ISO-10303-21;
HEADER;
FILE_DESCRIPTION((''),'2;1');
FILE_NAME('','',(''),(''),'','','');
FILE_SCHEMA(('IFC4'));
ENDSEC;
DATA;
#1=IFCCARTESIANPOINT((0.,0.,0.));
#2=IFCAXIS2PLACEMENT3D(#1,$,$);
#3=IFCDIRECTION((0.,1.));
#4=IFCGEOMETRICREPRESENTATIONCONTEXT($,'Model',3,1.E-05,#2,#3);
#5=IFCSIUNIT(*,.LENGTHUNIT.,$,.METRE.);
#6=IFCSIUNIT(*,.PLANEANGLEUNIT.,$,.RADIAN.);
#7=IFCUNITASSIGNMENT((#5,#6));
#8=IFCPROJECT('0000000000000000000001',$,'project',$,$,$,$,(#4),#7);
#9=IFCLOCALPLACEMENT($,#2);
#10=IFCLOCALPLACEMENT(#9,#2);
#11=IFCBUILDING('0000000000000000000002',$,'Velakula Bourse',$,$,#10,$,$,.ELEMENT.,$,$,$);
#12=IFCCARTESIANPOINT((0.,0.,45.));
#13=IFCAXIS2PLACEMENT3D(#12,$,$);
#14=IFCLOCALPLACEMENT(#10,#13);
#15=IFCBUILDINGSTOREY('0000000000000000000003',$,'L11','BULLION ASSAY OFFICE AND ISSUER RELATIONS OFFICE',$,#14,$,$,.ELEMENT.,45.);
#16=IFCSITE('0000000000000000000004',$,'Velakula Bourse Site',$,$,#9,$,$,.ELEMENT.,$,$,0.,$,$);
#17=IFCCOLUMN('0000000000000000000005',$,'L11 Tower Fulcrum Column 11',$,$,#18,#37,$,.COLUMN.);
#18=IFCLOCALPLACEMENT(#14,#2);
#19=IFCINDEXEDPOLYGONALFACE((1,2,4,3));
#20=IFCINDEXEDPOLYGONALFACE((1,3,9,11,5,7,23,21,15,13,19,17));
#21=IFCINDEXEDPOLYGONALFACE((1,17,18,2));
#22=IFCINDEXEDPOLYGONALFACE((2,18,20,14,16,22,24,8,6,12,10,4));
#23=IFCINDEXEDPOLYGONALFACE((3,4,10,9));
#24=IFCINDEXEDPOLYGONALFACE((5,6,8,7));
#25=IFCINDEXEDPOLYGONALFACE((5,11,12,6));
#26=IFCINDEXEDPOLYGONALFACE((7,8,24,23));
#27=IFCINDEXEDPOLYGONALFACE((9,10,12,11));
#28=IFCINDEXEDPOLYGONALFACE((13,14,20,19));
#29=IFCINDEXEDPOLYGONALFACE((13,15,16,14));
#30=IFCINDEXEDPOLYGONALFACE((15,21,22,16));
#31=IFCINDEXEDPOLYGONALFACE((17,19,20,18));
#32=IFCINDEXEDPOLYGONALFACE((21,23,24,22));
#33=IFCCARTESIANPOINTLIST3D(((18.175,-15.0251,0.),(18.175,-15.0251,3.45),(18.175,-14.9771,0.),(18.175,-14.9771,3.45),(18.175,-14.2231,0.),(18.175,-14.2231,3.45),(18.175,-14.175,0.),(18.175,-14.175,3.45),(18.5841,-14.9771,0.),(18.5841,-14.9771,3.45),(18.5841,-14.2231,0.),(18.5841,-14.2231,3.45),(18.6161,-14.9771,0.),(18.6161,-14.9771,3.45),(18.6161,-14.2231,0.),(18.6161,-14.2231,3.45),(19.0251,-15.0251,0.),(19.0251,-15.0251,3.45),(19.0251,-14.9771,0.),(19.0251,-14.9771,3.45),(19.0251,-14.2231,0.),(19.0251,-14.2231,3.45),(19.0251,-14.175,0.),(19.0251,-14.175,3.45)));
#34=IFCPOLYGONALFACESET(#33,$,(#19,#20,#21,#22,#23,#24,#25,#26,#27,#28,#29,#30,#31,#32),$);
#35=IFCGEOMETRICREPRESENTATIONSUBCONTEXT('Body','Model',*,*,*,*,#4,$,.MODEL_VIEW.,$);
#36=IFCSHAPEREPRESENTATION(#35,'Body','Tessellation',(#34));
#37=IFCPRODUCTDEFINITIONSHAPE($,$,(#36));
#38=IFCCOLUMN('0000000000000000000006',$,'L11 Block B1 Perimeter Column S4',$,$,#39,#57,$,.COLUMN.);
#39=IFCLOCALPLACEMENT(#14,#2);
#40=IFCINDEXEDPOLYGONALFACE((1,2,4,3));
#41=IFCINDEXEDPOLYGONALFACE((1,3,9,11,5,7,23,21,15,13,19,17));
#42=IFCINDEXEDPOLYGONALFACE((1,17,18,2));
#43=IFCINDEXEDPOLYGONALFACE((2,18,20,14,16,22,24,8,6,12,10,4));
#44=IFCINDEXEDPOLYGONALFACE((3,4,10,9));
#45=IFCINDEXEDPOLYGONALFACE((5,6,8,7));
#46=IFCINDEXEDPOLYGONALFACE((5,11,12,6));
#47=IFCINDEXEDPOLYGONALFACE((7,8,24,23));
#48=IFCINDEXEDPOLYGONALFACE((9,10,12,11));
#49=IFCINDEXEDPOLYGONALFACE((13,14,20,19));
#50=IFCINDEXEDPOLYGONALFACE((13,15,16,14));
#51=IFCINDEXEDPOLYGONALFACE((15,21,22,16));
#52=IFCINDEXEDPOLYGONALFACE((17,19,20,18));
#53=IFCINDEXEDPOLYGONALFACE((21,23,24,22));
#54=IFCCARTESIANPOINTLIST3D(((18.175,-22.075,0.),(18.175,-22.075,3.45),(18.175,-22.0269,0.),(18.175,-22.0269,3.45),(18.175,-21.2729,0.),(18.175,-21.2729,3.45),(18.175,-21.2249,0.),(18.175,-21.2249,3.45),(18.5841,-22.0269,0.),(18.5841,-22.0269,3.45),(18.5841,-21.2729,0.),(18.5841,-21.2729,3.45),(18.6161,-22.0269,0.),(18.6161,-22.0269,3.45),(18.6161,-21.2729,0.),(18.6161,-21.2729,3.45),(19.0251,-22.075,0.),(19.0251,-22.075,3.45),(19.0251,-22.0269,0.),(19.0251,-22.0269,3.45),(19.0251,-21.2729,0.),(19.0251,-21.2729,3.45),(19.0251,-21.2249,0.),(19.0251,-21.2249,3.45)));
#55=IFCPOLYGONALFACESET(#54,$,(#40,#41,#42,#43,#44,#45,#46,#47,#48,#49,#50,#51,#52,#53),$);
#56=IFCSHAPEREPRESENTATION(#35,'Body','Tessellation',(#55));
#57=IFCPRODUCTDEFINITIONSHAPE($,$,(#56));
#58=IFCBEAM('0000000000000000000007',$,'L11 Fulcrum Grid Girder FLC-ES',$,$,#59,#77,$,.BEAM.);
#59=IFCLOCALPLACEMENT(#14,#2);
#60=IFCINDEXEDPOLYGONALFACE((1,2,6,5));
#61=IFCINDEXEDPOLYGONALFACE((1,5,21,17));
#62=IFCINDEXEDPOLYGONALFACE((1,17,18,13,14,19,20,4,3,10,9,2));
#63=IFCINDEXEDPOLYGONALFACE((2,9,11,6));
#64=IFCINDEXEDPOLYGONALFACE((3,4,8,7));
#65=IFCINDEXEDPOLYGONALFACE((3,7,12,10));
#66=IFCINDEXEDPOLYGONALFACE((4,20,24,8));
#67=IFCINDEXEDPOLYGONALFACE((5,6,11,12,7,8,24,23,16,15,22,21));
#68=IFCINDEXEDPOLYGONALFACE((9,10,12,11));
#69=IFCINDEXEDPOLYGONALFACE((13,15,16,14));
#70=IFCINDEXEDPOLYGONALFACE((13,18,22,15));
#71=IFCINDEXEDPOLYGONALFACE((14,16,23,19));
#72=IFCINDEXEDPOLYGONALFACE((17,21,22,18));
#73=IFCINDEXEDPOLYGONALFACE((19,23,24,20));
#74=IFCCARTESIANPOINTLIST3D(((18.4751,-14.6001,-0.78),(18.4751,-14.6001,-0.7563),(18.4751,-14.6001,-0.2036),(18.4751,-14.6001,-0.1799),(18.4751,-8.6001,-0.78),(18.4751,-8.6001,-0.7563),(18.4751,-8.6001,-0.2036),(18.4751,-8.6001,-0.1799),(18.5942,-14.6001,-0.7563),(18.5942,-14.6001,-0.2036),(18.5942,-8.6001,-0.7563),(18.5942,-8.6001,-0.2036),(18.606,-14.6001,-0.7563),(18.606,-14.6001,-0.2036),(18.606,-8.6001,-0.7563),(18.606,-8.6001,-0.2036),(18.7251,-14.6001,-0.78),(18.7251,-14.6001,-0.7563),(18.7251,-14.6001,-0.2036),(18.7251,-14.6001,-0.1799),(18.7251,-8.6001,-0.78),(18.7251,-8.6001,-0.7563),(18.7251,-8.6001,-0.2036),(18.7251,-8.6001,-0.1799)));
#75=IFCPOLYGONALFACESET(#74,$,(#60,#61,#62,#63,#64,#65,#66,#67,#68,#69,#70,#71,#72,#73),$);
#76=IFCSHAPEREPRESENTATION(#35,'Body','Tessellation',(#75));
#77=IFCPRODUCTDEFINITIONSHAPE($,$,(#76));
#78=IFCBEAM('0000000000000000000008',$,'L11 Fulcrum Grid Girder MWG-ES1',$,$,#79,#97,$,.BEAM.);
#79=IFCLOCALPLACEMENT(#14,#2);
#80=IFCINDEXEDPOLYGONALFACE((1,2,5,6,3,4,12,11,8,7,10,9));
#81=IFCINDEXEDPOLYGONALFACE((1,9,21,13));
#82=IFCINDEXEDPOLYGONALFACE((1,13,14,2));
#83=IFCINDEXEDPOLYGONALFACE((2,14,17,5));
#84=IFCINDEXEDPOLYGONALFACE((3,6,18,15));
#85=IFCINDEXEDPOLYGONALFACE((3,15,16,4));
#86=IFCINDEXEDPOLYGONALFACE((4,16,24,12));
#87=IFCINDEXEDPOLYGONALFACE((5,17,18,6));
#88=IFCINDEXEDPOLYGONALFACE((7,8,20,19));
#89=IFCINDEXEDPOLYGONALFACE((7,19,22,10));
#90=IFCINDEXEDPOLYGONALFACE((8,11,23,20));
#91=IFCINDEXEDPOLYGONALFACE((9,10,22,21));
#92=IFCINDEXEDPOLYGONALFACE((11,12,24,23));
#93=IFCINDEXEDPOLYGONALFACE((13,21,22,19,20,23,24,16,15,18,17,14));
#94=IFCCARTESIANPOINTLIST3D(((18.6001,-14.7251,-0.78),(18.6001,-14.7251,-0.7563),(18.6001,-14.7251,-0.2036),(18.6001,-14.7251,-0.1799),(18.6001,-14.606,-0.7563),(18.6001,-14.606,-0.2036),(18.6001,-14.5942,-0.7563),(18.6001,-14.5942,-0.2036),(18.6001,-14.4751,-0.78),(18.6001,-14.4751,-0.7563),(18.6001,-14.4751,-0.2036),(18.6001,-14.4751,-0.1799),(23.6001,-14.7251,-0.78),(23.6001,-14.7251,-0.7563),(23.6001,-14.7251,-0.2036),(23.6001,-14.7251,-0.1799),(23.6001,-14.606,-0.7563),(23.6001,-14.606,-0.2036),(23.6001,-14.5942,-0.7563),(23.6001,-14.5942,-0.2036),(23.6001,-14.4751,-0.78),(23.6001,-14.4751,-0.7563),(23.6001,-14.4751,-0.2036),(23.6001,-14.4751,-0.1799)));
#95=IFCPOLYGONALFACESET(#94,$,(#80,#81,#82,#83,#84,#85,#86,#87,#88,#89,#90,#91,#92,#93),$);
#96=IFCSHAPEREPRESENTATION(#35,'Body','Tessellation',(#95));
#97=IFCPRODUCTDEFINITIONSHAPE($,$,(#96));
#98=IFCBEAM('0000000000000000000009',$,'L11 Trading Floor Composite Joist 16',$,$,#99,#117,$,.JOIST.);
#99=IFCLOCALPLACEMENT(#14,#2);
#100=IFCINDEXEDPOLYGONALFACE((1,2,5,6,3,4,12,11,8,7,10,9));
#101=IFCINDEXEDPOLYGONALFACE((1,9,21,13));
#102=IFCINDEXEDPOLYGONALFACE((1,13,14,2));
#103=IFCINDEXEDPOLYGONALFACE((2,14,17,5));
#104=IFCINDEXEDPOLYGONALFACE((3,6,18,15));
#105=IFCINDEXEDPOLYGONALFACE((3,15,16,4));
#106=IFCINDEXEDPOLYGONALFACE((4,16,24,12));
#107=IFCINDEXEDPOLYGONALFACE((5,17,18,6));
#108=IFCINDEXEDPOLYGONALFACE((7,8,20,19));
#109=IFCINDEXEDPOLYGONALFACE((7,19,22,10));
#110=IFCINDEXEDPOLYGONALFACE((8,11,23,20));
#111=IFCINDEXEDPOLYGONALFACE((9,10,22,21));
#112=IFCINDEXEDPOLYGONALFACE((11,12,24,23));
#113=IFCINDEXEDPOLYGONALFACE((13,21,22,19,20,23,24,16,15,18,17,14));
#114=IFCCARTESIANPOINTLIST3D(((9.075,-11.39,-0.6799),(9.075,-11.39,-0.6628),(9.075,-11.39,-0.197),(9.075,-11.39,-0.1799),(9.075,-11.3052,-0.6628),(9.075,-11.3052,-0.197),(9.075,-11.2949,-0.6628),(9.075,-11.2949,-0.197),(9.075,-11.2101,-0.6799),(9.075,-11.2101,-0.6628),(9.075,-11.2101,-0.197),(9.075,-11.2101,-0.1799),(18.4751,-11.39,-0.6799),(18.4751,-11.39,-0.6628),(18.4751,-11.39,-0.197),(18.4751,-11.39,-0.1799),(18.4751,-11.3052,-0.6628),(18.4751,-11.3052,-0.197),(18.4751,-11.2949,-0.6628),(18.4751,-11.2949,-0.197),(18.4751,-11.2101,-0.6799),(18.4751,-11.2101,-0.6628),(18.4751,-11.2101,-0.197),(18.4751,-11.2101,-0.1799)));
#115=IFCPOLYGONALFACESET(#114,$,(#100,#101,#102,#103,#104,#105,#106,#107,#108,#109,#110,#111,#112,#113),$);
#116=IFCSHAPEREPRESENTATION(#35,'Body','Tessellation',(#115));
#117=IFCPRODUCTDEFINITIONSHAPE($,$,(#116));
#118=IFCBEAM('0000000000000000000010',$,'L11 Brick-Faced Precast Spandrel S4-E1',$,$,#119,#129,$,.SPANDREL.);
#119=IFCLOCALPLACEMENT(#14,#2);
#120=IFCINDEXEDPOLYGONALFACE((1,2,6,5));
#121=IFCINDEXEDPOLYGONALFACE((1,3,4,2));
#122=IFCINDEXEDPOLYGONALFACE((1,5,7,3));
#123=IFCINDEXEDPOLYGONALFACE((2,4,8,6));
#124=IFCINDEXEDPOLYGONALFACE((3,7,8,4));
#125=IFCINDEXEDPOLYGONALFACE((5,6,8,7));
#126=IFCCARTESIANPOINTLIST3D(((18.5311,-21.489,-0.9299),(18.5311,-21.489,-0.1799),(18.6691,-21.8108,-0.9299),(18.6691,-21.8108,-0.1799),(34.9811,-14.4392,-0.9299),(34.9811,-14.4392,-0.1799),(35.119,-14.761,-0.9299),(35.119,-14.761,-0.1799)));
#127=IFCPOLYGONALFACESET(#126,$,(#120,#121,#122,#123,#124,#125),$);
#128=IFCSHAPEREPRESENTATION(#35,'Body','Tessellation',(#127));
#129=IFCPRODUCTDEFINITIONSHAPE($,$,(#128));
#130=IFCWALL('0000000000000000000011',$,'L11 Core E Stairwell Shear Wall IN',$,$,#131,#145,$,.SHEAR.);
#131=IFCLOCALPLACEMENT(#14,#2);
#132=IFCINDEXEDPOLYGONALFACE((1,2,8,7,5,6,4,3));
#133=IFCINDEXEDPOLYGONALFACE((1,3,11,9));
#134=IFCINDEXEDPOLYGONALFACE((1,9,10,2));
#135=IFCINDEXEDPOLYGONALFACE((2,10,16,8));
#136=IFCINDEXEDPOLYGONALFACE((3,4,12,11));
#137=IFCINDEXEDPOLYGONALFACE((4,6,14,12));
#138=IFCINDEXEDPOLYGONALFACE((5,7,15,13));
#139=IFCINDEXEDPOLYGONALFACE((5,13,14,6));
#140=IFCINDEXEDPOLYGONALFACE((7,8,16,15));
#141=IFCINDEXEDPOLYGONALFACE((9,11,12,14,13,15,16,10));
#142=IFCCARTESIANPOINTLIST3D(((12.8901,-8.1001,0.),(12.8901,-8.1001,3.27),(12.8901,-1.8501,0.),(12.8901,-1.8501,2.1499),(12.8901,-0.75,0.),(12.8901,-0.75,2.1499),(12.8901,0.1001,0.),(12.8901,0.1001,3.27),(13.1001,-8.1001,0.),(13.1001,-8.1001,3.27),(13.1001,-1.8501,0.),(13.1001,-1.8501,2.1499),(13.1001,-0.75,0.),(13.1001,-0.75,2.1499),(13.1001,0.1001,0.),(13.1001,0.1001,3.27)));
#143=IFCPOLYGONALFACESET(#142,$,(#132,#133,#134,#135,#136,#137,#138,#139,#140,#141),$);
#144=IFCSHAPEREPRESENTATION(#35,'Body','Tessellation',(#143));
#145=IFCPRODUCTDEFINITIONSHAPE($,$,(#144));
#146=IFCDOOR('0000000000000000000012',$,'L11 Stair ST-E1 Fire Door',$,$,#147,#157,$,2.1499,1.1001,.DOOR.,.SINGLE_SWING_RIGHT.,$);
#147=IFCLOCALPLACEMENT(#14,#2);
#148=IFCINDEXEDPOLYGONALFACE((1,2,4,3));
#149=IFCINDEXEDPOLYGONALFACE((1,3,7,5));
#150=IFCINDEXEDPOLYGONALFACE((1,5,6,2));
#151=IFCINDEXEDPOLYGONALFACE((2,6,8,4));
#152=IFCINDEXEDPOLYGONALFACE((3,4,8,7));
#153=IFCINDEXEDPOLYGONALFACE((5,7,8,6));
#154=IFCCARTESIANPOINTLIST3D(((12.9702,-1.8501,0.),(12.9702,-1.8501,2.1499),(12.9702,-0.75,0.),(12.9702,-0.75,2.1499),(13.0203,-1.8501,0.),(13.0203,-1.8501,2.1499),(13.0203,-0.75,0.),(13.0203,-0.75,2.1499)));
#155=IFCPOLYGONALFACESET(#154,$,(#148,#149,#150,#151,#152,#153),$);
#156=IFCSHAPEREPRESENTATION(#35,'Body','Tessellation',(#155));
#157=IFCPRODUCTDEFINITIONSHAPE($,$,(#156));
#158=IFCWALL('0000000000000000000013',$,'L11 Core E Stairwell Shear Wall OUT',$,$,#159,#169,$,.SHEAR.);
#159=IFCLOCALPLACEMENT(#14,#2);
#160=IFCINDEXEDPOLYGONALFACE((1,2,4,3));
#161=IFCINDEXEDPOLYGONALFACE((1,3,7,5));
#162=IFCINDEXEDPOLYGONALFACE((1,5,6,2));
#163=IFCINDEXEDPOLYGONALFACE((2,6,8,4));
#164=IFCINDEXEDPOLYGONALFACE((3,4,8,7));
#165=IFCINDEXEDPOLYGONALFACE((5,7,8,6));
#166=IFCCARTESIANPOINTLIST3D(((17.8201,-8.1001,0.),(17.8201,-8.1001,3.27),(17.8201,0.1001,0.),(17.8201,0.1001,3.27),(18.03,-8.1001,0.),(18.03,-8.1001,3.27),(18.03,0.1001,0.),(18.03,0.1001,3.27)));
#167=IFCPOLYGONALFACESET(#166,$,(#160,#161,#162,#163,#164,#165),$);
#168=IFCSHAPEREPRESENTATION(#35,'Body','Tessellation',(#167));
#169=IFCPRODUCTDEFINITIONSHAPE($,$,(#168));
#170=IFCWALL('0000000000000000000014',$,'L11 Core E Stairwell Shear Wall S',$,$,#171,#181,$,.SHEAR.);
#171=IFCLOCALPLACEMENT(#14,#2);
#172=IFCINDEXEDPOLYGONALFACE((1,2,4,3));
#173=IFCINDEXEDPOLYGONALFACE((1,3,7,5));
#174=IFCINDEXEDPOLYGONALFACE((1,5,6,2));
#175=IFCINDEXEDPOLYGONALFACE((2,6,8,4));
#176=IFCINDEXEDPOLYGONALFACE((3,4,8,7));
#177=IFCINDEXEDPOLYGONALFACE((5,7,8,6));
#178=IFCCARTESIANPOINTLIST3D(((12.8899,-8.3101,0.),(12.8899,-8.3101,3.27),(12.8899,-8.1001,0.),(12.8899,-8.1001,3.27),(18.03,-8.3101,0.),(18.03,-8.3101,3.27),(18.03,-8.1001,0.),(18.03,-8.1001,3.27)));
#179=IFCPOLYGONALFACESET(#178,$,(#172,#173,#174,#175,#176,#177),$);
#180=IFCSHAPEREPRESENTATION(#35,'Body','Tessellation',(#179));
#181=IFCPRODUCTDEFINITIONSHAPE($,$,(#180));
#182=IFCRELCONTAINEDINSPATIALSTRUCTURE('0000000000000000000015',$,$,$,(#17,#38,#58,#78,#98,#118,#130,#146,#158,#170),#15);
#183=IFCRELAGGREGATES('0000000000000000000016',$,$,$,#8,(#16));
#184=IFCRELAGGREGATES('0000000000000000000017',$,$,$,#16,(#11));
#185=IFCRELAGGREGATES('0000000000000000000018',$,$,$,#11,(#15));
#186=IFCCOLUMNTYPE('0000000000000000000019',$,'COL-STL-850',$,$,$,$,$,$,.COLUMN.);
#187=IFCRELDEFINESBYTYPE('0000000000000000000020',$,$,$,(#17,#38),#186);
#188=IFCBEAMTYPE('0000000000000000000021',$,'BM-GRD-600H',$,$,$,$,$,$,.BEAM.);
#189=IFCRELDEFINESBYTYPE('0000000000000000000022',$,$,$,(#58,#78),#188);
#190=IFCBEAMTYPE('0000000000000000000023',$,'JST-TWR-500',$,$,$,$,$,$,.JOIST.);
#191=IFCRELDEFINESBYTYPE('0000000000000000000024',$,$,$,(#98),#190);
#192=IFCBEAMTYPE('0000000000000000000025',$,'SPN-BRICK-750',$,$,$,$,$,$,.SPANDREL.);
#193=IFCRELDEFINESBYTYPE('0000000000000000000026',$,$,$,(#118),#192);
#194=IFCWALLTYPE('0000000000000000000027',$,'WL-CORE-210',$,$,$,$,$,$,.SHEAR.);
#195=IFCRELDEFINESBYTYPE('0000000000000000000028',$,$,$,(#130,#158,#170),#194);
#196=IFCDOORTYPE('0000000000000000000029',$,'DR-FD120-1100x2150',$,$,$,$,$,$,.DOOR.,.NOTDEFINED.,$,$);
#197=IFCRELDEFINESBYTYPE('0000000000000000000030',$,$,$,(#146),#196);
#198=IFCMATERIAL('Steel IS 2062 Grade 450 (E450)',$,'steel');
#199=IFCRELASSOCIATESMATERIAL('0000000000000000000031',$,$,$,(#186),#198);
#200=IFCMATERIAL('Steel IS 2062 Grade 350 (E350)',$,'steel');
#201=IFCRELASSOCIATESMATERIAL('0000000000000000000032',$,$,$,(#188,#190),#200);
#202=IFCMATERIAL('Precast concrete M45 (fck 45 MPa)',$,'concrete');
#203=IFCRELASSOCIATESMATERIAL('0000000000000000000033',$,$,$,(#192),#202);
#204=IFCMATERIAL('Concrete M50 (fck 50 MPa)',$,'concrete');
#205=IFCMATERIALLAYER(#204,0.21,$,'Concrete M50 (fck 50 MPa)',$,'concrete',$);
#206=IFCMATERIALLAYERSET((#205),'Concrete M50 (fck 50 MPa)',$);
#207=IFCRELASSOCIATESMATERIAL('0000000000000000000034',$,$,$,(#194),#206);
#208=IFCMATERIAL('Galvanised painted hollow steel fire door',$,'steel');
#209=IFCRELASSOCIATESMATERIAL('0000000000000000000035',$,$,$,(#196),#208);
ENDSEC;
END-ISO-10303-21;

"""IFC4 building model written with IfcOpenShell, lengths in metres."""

from ifc_helpers import new_model, si_unit, direction, frame, frame_2d, origin, origin_2d, place, context, subcontext, project, spatial, rectangle, i_section, extrude, material, layer, layer_set, material_profile, profile_set, type_object, element, fill, save


model = new_model("IFC4")

# Units and contexts
model_context = context("Model", 3, precision=1e-05, world=origin(), true_north=direction((0.0, 1.0)))
body_context = subcontext(model_context, "Body", "Model", "MODEL_VIEW")
ifc_project = project(units=[si_unit("LENGTHUNIT", "METRE"), si_unit("PLANEANGLEUNIT", "RADIAN")], contexts=[model_context])

# Site, building, storey
site_placement = place(None, origin())
site = spatial("IfcSite", under=ifc_project, at=site_placement, Name="Velakula Bourse Site", CompositionType="ELEMENT", RefElevation=0.0)
building_placement = place(site_placement, origin())
building = spatial("IfcBuilding", under=site, at=building_placement, Name="Velakula Bourse", CompositionType="ELEMENT")
storey_placement = place(building_placement, frame((0.0, 0.0, 45.0)))
storey = spatial("IfcBuildingStorey", under=building, at=storey_placement, Name="L11", Description="BULLION ASSAY OFFICE AND ISSUER RELATIONS OFFICE", CompositionType="ELEMENT", Elevation=45.0)

# Columns
ifc_material_1 = material(Name="Steel IS 2062 Grade 450 (E450)", Category="steel")
ifc_material_profile_1 = material_profile(ifc_material_1, i_section(OverallWidth=0.8501, OverallDepth=0.8501, WebThickness=0.032, FlangeThickness=0.0481, at=origin_2d()), Name="Steel IS 2062 Grade 450 (E450)")
ifc_profile_set_1 = profile_set([ifc_material_profile_1], Name="Steel IS 2062 Grade 450 (E450)")
column_type = type_object("IfcColumnType", Name="COL-STL-850", PredefinedType="COLUMN", material=ifc_profile_set_1)
for number, where, z_axis, x_axis, name in (
    (1, (18.6001, -14.6001, 0.0), (0.0, 0.0, 1.0), (1.0, 0.0, 0.0), "L11 Tower Fulcrum Column 11"),
    (2, (18.6001, -21.6499, 0.0), (0.0, 0.0, 1.0), (1.0, 0.0, 0.0), "L11 Block B1 Perimeter Column S4"),
):
    element("IfcColumn", number, at=place(storey_placement, frame(where, z_axis=z_axis, x_axis=x_axis)), inside=storey, type_object=column_type, Name=name, PredefinedType="COLUMN", context=body_context, shape_type="SweptSolid", body=[
        extrude(i_section(OverallWidth=0.8501, OverallDepth=0.8501, WebThickness=0.032, FlangeThickness=0.0481, at=origin_2d()), origin(), (0.0, 0.0, 1.0), 3.45),
    ])

# Beams
ifc_material_2 = material(Name="Steel IS 2062 Grade 350 (E350)", Category="steel")
ifc_material_profile_2 = material_profile(ifc_material_2, i_section(OverallWidth=0.25, OverallDepth=0.6001, WebThickness=0.0117, FlangeThickness=0.0237, at=origin_2d()), Name="Steel IS 2062 Grade 350 (E350)")
ifc_profile_set_2 = profile_set([ifc_material_profile_2], Name="Steel IS 2062 Grade 350 (E350)")
beam_type_1 = type_object("IfcBeamType", Name="BM-GRD-600H", PredefinedType="BEAM", material=ifc_profile_set_2)
beam_1_placement = place(storey_placement, frame((18.6001, -14.6001, -0.48), z_axis=(0.0, 1.0, 0.0), x_axis=(-1.0, 0.0, 0.0)))
element("IfcBeam", 3, at=beam_1_placement, inside=storey, type_object=beam_type_1, Name="L11 Fulcrum Grid Girder FLC-ES", PredefinedType="BEAM", context=body_context, shape_type="SweptSolid", body=[
    extrude(i_section(OverallWidth=0.25, OverallDepth=0.6001, WebThickness=0.0117, FlangeThickness=0.0237, at=origin_2d()), origin(), (0.0, 0.0, 1.0), 6.0),
])
beam_2_placement = place(storey_placement, frame((18.6001, -14.6001, -0.48), z_axis=(1.0, 0.0, 0.0), x_axis=(0.0, 1.0, 0.0)))
element("IfcBeam", 4, at=beam_2_placement, inside=storey, type_object=beam_type_1, Name="L11 Fulcrum Grid Girder MWG-ES1", PredefinedType="BEAM", context=body_context, shape_type="SweptSolid", body=[
    extrude(i_section(OverallWidth=0.25, OverallDepth=0.6001, WebThickness=0.0117, FlangeThickness=0.0237, at=origin_2d()), origin(), (0.0, 0.0, 1.0), 5.0),
])
ifc_material_profile_3 = material_profile(ifc_material_2, i_section(OverallWidth=0.1799, OverallDepth=0.5, WebThickness=0.0103, FlangeThickness=0.0171, at=origin_2d()), Name="Steel IS 2062 Grade 350 (E350)")
ifc_profile_set_3 = profile_set([ifc_material_profile_3], Name="Steel IS 2062 Grade 350 (E350)")
beam_type_2 = type_object("IfcBeamType", Name="JST-TWR-500", PredefinedType="JOIST", material=ifc_profile_set_3)
beam_3_placement = place(storey_placement, frame((9.075, -11.3, -0.4299), z_axis=(1.0, 0.0, 0.0), x_axis=(0.0, 1.0, 0.0)))
element("IfcBeam", 5, at=beam_3_placement, inside=storey, type_object=beam_type_2, Name="L11 Trading Floor Composite Joist 16", PredefinedType="JOIST", context=body_context, shape_type="SweptSolid", body=[
    extrude(i_section(OverallWidth=0.1799, OverallDepth=0.5, WebThickness=0.0103, FlangeThickness=0.0171, at=origin_2d()), origin(), (0.0, 0.0, 1.0), 9.4001),
])
ifc_material_3 = material(Name="Precast concrete M45 (fck 45 MPa)", Category="concrete")
ifc_material_profile_4 = material_profile(ifc_material_3, rectangle(XDim=0.3501, YDim=0.75, at=origin_2d()), Name="Precast concrete M45 (fck 45 MPa)")
ifc_profile_set_4 = profile_set([ifc_material_profile_4], Name="Precast concrete M45 (fck 45 MPa)")
beam_type_3 = type_object("IfcBeamType", Name="SPN-BRICK-750", PredefinedType="SPANDREL", material=ifc_profile_set_4)
beam_4_placement = place(storey_placement, frame((18.6001, -21.6499, -0.5549), z_axis=(0.919149, 0.393911, 0.0), x_axis=(-0.393911, 0.919149, 0.0)))
element("IfcBeam", 6, at=beam_4_placement, inside=storey, type_object=beam_type_3, Name="L11 Brick-Faced Precast Spandrel S4-E1", PredefinedType="SPANDREL", context=body_context, shape_type="SweptSolid", body=[
    extrude(rectangle(XDim=0.3501, YDim=0.75, at=origin_2d()), origin(), (0.0, 0.0, 1.0), 17.897),
])

# Wall, opening, door
ifc_material_4 = material(Name="Concrete M50 (fck 50 MPa)", Category="concrete")
ifc_layer_1 = layer(ifc_material_4, 0.21, Name="Concrete M50 (fck 50 MPa)", Category="concrete")
ifc_layer_set_1 = layer_set([ifc_layer_1], Name="Concrete M50 (fck 50 MPa)")
wall_type_1 = type_object("IfcWallType", Name="WL-CORE-210", PredefinedType="SHEAR", material=ifc_layer_set_1)
wall_1_placement = place(storey_placement, frame((12.9951, -8.1001, 0.0), z_axis=(0.0, 0.0, 1.0), x_axis=(0.0, 1.0, 0.0)))
wall_1 = element("IfcWall", 7, at=wall_1_placement, inside=storey, type_object=wall_type_1, Name="L11 Core E Stairwell Shear Wall IN", PredefinedType="SHEAR", context=body_context, shape_type="SweptSolid", body=[
    extrude(rectangle(XDim=8.2002, YDim=0.21, at=frame_2d((4.1001, 0.0))), origin(), (0.0, 0.0, 1.0), 3.27),
])
opening_1_placement = place(wall_1_placement, frame((6.25, 0.0, 0.0)))
opening_1 = element("IfcOpeningElement", 8, at=opening_1_placement, cuts=wall_1, PredefinedType="OPENING", context=body_context, shape_type="SweptSolid", body=[
    extrude(rectangle(XDim=1.1001, YDim=2.1499, at=frame_2d((0.55, 1.075))), frame((0.0, 0.115, 0.0), z_axis=(0.0, -1.0, 0.0), x_axis=(1.0, 0.0, 0.0)), (0.0, 0.0, 1.0), 0.23),
])
ifc_material_5 = material(Name="Galvanised painted hollow steel fire door", Category="steel")
door_type_1 = type_object("IfcDoorType", Name="DR-FD120-1100x2150", OperationType="NOTDEFINED", PredefinedType="DOOR", material=ifc_material_5)
door_1_placement = place(opening_1_placement, origin())
door_1 = element("IfcDoor", 9, at=door_1_placement, inside=storey, type_object=door_type_1, Name="L11 Stair ST-E1 Fire Door", OperationType="SINGLE_SWING_RIGHT", OverallHeight=2.1499, OverallWidth=1.1001, PredefinedType="DOOR", context=body_context, shape_type="SweptSolid", body=[
    extrude(rectangle(XDim=1.1001, YDim=2.1499, at=frame_2d((0.55, 1.075))), frame((0.0, 0.0249, 0.0), z_axis=(0.0, -1.0, 0.0), x_axis=(1.0, 0.0, 0.0)), (0.0, 0.0, 1.0), 0.05),
])
fill(opening_1, door_1)

# Walls
wall_2_placement = place(storey_placement, frame((17.925, -8.1001, 0.0), z_axis=(0.0, 0.0, 1.0), x_axis=(0.0, 1.0, 0.0)))
element("IfcWall", 10, at=wall_2_placement, inside=storey, type_object=wall_type_1, Name="L11 Core E Stairwell Shear Wall OUT", PredefinedType="SHEAR", context=body_context, shape_type="SweptSolid", body=[
    extrude(rectangle(XDim=8.2002, YDim=0.21, at=frame_2d((4.1001, 0.0))), origin(), (0.0, 0.0, 1.0), 3.27),
])
wall_3_placement = place(storey_placement, frame((12.8899, -8.2051, 0.0), z_axis=(0.0, 0.0, 1.0), x_axis=(1.0, 0.0, 0.0)))
element("IfcWall", 11, at=wall_3_placement, inside=storey, type_object=wall_type_1, Name="L11 Core E Stairwell Shear Wall S", PredefinedType="SHEAR", context=body_context, shape_type="SweptSolid", body=[
    extrude(rectangle(XDim=5.1401, YDim=0.21, at=frame_2d((2.5701, 0.0))), origin(), (0.0, 0.0, 1.0), 3.27),
])

save(model, "model.ifc")
